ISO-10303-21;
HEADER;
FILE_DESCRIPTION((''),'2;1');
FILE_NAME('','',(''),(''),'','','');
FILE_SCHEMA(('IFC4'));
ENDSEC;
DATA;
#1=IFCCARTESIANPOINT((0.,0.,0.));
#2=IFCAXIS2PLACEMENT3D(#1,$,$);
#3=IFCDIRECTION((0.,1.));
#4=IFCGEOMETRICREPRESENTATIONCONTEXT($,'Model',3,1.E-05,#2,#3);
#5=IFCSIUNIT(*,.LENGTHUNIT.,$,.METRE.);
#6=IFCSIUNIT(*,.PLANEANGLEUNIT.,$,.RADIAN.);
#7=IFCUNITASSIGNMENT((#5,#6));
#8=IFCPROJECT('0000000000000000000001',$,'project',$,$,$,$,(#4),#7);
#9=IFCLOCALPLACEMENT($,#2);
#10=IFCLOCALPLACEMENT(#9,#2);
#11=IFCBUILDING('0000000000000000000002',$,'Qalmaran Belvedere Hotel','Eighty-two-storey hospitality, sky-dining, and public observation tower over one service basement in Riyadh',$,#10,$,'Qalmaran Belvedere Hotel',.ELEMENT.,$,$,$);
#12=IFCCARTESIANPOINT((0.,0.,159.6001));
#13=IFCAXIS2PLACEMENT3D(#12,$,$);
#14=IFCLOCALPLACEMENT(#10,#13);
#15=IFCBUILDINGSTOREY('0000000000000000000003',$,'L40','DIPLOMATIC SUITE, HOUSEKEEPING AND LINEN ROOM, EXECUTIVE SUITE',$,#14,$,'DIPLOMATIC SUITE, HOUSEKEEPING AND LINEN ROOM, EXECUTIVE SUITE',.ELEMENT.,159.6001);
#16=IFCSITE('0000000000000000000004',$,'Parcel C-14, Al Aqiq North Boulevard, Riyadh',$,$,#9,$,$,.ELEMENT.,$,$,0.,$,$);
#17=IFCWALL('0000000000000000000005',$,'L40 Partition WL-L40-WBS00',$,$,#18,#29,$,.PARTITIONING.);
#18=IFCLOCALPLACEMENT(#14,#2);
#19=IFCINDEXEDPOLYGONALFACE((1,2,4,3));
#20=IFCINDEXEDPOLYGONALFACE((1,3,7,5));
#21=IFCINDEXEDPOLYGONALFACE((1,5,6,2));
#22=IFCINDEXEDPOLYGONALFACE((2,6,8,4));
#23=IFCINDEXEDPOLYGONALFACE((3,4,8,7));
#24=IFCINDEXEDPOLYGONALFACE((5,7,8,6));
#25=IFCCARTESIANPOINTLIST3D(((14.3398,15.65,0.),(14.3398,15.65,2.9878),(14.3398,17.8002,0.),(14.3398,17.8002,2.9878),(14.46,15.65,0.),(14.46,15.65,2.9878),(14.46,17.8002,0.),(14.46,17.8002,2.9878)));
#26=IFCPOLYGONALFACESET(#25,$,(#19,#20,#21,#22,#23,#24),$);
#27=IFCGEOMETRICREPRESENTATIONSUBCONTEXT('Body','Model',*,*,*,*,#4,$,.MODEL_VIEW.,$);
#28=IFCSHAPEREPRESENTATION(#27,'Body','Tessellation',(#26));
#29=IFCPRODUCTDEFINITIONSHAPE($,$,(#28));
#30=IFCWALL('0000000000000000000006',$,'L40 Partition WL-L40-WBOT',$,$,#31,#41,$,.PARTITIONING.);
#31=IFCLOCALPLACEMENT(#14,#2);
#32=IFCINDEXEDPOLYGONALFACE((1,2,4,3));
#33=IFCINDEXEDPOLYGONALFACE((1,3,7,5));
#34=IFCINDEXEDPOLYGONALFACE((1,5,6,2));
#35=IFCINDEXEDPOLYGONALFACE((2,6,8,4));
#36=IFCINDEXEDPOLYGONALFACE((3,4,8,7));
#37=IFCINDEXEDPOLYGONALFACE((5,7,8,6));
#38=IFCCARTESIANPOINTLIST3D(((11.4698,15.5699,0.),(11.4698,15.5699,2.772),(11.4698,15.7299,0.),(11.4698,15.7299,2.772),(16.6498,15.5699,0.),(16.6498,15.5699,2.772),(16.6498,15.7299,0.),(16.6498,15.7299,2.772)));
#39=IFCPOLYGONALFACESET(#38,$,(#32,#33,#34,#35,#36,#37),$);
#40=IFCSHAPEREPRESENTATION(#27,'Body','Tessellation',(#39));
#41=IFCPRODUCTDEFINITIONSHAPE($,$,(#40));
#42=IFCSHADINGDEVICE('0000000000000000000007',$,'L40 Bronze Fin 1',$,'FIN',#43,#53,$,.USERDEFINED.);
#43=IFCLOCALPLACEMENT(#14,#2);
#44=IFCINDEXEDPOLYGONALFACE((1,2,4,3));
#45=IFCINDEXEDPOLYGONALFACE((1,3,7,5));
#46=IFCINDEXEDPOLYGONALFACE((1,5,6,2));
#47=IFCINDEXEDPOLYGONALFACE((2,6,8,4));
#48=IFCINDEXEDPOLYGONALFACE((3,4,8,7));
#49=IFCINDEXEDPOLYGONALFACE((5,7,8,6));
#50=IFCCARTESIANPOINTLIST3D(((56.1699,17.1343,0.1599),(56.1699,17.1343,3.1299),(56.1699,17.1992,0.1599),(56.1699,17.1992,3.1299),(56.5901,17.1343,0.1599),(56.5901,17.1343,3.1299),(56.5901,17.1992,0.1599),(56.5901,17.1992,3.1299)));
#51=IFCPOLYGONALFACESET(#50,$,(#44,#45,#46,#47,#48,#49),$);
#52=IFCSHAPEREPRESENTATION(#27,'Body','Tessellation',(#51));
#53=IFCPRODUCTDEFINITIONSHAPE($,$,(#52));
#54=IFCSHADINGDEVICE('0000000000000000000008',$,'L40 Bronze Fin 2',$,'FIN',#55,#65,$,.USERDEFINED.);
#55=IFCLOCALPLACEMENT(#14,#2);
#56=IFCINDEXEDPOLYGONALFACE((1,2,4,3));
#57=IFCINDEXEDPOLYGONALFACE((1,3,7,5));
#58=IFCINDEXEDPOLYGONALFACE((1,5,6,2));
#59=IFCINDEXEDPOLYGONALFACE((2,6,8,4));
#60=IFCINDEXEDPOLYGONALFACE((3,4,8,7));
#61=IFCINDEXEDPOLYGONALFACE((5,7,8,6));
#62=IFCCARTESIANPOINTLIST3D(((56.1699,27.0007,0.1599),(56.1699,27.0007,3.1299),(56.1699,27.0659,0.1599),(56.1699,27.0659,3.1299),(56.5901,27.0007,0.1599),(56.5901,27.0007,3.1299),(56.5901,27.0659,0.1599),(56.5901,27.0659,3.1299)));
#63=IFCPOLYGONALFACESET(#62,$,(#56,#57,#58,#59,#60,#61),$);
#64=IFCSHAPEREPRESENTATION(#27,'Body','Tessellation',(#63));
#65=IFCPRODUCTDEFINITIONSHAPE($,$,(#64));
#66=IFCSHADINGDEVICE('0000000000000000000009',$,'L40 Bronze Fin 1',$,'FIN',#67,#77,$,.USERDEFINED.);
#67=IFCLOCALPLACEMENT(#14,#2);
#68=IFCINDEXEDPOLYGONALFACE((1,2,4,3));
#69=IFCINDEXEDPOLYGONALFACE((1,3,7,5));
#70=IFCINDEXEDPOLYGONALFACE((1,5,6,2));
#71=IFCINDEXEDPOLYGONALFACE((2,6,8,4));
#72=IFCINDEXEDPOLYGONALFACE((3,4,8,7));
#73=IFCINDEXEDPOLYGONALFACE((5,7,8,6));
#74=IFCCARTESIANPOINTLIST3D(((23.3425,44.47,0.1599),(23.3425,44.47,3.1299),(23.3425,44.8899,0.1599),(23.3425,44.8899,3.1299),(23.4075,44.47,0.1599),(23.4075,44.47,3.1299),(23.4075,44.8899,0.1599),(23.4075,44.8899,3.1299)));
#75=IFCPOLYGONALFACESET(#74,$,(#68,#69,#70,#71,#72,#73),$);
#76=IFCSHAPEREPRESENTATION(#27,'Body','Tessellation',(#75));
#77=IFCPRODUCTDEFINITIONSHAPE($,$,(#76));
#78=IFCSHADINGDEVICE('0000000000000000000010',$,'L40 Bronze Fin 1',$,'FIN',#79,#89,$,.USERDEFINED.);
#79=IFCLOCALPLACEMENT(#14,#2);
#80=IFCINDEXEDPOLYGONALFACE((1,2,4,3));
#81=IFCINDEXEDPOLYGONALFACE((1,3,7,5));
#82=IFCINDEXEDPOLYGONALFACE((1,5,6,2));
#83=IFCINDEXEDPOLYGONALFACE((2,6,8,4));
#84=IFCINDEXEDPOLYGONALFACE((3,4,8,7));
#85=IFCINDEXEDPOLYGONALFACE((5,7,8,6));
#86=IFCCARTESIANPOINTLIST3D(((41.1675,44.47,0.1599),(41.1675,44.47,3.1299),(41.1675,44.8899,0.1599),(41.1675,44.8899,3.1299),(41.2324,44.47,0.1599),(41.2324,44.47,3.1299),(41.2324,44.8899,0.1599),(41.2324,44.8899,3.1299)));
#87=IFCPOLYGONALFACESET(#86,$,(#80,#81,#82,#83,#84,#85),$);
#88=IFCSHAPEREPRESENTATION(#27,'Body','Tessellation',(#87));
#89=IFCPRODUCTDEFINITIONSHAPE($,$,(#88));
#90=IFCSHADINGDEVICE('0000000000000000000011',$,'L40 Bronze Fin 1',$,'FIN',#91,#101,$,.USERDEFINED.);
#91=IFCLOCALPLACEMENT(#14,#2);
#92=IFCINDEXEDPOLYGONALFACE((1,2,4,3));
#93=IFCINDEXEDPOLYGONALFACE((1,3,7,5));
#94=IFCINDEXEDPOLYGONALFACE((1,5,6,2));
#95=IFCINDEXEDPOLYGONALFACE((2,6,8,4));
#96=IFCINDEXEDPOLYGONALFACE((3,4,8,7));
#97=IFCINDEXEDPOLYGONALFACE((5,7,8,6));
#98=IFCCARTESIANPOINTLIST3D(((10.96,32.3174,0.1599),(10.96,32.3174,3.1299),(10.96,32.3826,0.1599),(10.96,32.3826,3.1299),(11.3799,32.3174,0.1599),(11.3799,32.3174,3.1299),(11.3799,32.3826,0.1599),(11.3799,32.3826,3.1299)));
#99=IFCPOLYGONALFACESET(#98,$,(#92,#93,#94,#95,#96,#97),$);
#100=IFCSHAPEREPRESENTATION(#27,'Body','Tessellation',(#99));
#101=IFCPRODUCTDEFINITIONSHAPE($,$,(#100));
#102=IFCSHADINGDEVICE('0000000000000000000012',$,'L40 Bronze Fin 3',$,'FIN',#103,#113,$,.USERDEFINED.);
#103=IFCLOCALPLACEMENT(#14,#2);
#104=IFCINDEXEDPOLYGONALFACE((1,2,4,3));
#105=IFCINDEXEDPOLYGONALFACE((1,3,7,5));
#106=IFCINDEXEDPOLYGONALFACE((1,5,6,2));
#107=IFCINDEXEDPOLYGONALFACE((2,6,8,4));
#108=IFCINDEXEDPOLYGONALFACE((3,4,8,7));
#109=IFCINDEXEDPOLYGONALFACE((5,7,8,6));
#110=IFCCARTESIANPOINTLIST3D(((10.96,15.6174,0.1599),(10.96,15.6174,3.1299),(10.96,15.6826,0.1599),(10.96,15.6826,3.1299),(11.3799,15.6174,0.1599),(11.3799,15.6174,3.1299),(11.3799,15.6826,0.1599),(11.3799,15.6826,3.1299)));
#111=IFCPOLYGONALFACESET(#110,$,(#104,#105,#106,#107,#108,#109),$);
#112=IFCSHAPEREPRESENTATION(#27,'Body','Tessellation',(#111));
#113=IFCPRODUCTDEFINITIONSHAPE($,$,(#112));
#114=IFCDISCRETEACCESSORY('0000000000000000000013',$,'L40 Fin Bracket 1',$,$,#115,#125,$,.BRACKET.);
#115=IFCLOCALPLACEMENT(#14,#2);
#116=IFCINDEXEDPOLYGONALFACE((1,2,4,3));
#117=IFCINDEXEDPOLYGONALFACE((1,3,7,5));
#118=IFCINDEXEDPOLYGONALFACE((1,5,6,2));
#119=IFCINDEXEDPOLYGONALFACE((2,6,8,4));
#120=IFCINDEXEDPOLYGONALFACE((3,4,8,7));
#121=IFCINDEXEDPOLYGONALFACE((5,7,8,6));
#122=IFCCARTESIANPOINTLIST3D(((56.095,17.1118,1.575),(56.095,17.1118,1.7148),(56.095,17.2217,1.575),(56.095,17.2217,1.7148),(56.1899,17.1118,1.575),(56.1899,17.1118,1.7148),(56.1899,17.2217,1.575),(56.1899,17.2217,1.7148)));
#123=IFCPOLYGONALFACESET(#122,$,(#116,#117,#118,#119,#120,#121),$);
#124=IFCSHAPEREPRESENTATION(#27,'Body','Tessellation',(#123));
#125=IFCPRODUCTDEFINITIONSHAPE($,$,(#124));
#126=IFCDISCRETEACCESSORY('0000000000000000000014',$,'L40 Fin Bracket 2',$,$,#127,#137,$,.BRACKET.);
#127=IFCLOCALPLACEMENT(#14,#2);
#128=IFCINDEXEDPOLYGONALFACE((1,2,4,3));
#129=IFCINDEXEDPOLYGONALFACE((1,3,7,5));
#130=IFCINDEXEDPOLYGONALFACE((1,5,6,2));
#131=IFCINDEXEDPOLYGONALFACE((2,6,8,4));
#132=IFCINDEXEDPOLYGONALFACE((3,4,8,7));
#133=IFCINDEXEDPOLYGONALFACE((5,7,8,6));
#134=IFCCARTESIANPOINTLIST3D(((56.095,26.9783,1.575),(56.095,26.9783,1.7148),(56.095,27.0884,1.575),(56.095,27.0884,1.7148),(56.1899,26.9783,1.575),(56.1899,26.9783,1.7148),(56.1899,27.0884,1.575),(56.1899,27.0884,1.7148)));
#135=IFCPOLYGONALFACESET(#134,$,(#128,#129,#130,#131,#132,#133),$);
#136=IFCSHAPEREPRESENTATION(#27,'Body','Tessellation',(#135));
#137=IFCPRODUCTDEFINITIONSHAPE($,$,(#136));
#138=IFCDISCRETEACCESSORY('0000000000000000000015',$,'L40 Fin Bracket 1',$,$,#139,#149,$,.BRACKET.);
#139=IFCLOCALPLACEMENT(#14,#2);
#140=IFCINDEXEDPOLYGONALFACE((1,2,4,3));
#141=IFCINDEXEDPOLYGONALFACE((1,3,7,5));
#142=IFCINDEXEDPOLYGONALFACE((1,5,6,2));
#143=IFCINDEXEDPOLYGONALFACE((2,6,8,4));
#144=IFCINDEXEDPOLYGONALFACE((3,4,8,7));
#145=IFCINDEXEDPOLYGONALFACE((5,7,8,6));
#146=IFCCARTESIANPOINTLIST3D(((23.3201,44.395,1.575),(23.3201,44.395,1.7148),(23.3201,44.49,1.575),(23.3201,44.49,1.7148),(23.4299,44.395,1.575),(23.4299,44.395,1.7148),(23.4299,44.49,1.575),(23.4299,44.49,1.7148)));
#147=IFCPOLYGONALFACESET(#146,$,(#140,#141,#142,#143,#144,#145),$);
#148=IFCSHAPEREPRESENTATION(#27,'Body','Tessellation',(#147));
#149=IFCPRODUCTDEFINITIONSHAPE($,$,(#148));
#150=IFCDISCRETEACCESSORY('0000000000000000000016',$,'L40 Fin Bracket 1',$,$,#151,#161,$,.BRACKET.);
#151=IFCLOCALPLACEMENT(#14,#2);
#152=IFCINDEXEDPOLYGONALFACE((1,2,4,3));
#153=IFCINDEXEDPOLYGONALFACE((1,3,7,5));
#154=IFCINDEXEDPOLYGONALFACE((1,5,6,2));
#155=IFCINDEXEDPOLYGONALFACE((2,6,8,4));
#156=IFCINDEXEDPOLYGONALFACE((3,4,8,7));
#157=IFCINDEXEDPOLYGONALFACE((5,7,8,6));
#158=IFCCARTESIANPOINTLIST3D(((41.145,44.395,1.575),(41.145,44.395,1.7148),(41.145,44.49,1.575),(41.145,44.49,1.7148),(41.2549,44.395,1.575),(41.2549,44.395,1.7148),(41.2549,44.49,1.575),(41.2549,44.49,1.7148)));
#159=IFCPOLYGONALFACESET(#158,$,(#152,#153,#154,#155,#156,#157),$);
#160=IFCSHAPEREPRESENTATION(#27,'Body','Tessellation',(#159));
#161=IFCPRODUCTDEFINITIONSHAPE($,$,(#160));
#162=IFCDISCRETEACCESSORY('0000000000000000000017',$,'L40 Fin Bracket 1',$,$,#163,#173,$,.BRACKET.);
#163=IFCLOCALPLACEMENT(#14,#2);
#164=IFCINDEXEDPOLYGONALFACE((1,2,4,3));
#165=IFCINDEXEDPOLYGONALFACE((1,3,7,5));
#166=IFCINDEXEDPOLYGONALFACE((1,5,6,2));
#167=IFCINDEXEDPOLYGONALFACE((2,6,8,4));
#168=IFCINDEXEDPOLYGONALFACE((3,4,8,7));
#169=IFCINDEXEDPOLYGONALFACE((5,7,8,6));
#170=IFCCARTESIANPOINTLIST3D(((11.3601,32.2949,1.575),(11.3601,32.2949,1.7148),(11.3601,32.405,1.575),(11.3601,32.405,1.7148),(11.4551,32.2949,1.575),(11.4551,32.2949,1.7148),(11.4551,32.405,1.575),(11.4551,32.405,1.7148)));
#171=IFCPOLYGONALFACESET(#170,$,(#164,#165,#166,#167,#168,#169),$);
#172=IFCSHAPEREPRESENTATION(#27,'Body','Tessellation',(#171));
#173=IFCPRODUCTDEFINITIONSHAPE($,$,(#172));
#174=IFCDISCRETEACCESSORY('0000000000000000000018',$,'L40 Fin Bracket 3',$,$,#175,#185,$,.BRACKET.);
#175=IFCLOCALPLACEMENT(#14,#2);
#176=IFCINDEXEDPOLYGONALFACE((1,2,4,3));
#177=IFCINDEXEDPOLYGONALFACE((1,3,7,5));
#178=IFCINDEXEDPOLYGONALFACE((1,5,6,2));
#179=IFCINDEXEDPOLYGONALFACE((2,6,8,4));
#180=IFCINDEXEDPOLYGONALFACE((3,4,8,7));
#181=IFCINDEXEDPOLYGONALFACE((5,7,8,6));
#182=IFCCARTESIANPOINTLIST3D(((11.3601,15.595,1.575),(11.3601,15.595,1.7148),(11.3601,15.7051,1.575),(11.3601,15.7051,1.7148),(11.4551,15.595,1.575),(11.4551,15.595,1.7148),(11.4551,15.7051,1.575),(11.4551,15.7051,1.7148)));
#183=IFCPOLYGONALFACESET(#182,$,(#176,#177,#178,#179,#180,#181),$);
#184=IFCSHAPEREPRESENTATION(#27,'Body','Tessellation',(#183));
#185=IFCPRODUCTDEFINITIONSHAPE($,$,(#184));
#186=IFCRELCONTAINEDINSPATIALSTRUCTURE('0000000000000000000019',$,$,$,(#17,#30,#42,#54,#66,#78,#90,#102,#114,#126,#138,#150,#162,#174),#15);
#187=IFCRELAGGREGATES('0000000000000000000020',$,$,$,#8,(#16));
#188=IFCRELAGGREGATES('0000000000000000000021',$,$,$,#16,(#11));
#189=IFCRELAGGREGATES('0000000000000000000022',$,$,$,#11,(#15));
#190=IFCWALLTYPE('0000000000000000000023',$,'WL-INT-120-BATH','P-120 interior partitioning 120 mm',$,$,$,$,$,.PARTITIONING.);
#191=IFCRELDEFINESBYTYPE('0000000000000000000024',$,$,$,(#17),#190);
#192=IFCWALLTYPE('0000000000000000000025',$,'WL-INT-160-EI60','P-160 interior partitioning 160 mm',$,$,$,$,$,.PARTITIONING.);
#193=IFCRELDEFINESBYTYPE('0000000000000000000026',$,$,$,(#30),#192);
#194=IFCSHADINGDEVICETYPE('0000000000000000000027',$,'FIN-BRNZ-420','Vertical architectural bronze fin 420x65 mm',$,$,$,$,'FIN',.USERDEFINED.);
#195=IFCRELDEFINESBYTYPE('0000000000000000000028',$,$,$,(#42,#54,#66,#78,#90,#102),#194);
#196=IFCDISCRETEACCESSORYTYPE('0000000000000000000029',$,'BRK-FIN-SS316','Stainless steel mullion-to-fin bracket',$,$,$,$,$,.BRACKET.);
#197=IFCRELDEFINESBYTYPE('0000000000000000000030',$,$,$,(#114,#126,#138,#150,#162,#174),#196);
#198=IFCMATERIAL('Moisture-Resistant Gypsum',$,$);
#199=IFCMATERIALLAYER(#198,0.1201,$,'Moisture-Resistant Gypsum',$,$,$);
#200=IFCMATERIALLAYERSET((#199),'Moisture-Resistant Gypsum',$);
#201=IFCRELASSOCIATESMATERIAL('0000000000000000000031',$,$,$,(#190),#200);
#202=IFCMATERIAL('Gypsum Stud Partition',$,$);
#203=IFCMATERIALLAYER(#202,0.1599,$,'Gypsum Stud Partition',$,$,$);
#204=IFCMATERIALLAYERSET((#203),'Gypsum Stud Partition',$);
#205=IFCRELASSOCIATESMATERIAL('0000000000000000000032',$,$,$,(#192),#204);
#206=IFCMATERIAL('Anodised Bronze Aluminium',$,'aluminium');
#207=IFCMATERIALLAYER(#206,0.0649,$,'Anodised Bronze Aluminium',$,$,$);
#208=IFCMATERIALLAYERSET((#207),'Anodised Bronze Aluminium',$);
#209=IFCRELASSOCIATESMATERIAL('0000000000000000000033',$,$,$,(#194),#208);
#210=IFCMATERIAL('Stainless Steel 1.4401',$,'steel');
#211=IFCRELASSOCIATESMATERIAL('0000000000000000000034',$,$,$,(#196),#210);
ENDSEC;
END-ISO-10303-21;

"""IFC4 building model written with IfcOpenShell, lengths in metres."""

from ifc_helpers import new_model, si_unit, direction, frame, frame_2d, origin, place, context, subcontext, project, spatial, polyline, rectangle, outline, extrude, material, layer, layer_set, type_object, element, save


model = new_model("IFC4")

# Units and contexts
model_context = context("Model", 3, precision=1e-05, world=origin(), true_north=direction((0.0, 1.0)))
body_context = subcontext(model_context, "Body", "Model", "MODEL_VIEW")
ifc_project = project(units=[si_unit("LENGTHUNIT", "METRE"), si_unit("PLANEANGLEUNIT", "RADIAN")], contexts=[model_context])

# Site, building, storey
site_placement = place(None, origin())
site = spatial("IfcSite", under=ifc_project, at=site_placement, Name="Parcel C-14, Al Aqiq North Boulevard, Riyadh", CompositionType="ELEMENT", RefElevation=0.0)
building_placement = place(site_placement, origin())
building = spatial("IfcBuilding", under=site, at=building_placement, Name="Qalmaran Belvedere Hotel", Description="Eighty-two-storey hospitality, sky-dining, and public observation tower over one service basement in Riyadh", LongName="Qalmaran Belvedere Hotel", CompositionType="ELEMENT")
storey_placement = place(building_placement, frame((0.0, 0.0, 159.6001)))
storey = spatial("IfcBuildingStorey", under=building, at=storey_placement, Name="L40", Description="DIPLOMATIC SUITE, HOUSEKEEPING AND LINEN ROOM, EXECUTIVE SUITE", LongName="DIPLOMATIC SUITE, HOUSEKEEPING AND LINEN ROOM, EXECUTIVE SUITE", CompositionType="ELEMENT", Elevation=159.6001)

# Shared definitions
ifc_material_1 = material(Name="Anodised Bronze Aluminium", Category="aluminium")

# Walls
ifc_material_2 = material(Name="Moisture-Resistant Gypsum")
ifc_layer_1 = layer(ifc_material_2, 0.1201, Name="Moisture-Resistant Gypsum")
ifc_layer_set_1 = layer_set([ifc_layer_1], Name="Moisture-Resistant Gypsum")
wall_type_1 = type_object("IfcWallType", Name="WL-INT-120-BATH", Description="P-120 interior partitioning 120 mm", PredefinedType="PARTITIONING", material=ifc_layer_set_1)
wall_1_placement = place(storey_placement, frame((14.3999, 15.6499, 0.0), z_axis=(0.0, 0.0, 1.0), x_axis=(0.0, 1.0, 0.0)))
element("IfcWall", 1, at=wall_1_placement, inside=storey, type_object=wall_type_1, Name="L40 Partition WL-L40-WBS00", PredefinedType="PARTITIONING", context=body_context, shape_type="SweptSolid", body=[
    extrude(rectangle(XDim=2.1501, YDim=0.1201, at=frame_2d((1.0752, 0.0))), origin(), (0.0, 0.0, 1.0), 2.9878),
])
ifc_material_3 = material(Name="Gypsum Stud Partition")
ifc_layer_2 = layer(ifc_material_3, 0.1599, Name="Gypsum Stud Partition")
ifc_layer_set_2 = layer_set([ifc_layer_2], Name="Gypsum Stud Partition")
wall_type_2 = type_object("IfcWallType", Name="WL-INT-160-EI60", Description="P-160 interior partitioning 160 mm", PredefinedType="PARTITIONING", material=ifc_layer_set_2)
wall_2_placement = place(storey_placement, frame((11.47, 15.6499, 0.0), z_axis=(0.0, 0.0, 1.0), x_axis=(1.0, 0.0, 0.0)))
element("IfcWall", 2, at=wall_2_placement, inside=storey, type_object=wall_type_2, Name="L40 Partition WL-L40-WBOT", PredefinedType="PARTITIONING", context=body_context, shape_type="SweptSolid", body=[
    extrude(rectangle(XDim=5.1799, YDim=0.1599, at=frame_2d((2.5898, 0.0))), origin(), (0.0, 0.0, 1.0), 2.772),
])

# Shading devices
ifc_layer_3 = layer(ifc_material_1, 0.0649, Name="Anodised Bronze Aluminium")
ifc_layer_set_3 = layer_set([ifc_layer_3], Name="Anodised Bronze Aluminium")
shading_device_type = type_object("IfcShadingDeviceType", Name="FIN-BRNZ-420", Description="Vertical architectural bronze fin 420x65 mm", ElementType="FIN", PredefinedType="USERDEFINED", material=ifc_layer_set_3)
shading_device_1_placement = place(storey_placement, frame((0.0, 0.0, 0.1599)))
element("IfcShadingDevice", 3, at=shading_device_1_placement, inside=storey, type_object=shading_device_type, Name="L40 Bronze Fin 1", ObjectType="FIN", PredefinedType="USERDEFINED", context=body_context, shape_type="SweptSolid", body=[
    extrude(outline(polyline([(56.1699, 17.1343), (56.5901, 17.1343), (56.5901, 17.1992), (56.1699, 17.1992), (56.1699, 17.1343)])), origin(), (0.0, 0.0, 1.0), 2.97),
])
shading_device_2_placement = place(storey_placement, frame((0.0, 0.0, 0.1599)))
element("IfcShadingDevice", 4, at=shading_device_2_placement, inside=storey, type_object=shading_device_type, Name="L40 Bronze Fin 2", ObjectType="FIN", PredefinedType="USERDEFINED", context=body_context, shape_type="SweptSolid", body=[
    extrude(outline(polyline([(56.1699, 27.0007), (56.5901, 27.0007), (56.5901, 27.0659), (56.1699, 27.0659), (56.1699, 27.0007)])), origin(), (0.0, 0.0, 1.0), 2.97),
])
shading_device_3_placement = place(storey_placement, frame((0.0, 0.0, 0.1599)))
element("IfcShadingDevice", 5, at=shading_device_3_placement, inside=storey, type_object=shading_device_type, Name="L40 Bronze Fin 1", ObjectType="FIN", PredefinedType="USERDEFINED", context=body_context, shape_type="SweptSolid", body=[
    extrude(outline(polyline([(23.4075, 44.47), (23.4075, 44.8899), (23.3425, 44.8899), (23.3425, 44.47), (23.4075, 44.47)])), origin(), (0.0, 0.0, 1.0), 2.97),
])
shading_device_4_placement = place(storey_placement, frame((0.0, 0.0, 0.1599)))
element("IfcShadingDevice", 6, at=shading_device_4_placement, inside=storey, type_object=shading_device_type, Name="L40 Bronze Fin 1", ObjectType="FIN", PredefinedType="USERDEFINED", context=body_context, shape_type="SweptSolid", body=[
    extrude(outline(polyline([(41.2324, 44.47), (41.2324, 44.8899), (41.1675, 44.8899), (41.1675, 44.47), (41.2324, 44.47)])), origin(), (0.0, 0.0, 1.0), 2.97),
])
shading_device_5_placement = place(storey_placement, frame((0.0, 0.0, 0.1599)))
element("IfcShadingDevice", 7, at=shading_device_5_placement, inside=storey, type_object=shading_device_type, Name="L40 Bronze Fin 1", ObjectType="FIN", PredefinedType="USERDEFINED", context=body_context, shape_type="SweptSolid", body=[
    extrude(outline(polyline([(11.3799, 32.3826), (10.96, 32.3826), (10.96, 32.3174), (11.3799, 32.3174), (11.3799, 32.3826)])), origin(), (0.0, 0.0, 1.0), 2.97),
])
shading_device_6_placement = place(storey_placement, frame((0.0, 0.0, 0.1599)))
element("IfcShadingDevice", 8, at=shading_device_6_placement, inside=storey, type_object=shading_device_type, Name="L40 Bronze Fin 3", ObjectType="FIN", PredefinedType="USERDEFINED", context=body_context, shape_type="SweptSolid", body=[
    extrude(outline(polyline([(11.3799, 15.6826), (10.96, 15.6826), (10.96, 15.6174), (11.3799, 15.6174), (11.3799, 15.6826)])), origin(), (0.0, 0.0, 1.0), 2.97),
])

# Discrete accessories
ifc_material_4 = material(Name="Stainless Steel 1.4401", Category="steel")
discrete_accessory_type_1 = type_object("IfcDiscreteAccessoryType", Name="BRK-FIN-SS316", Description="Stainless steel mullion-to-fin bracket", PredefinedType="BRACKET", material=ifc_material_4)
discrete_accessory_1_placement = place(storey_placement, frame((0.0, 0.0, 1.575)))
element("IfcDiscreteAccessory", 9, at=discrete_accessory_1_placement, inside=storey, type_object=discrete_accessory_type_1, Name="L40 Fin Bracket 1", PredefinedType="BRACKET", context=body_context, shape_type="SweptSolid", body=[
    extrude(outline(polyline([(56.095, 17.1118), (56.1899, 17.1118), (56.1899, 17.2217), (56.095, 17.2217), (56.095, 17.1118)])), origin(), (0.0, 0.0, 1.0), 0.1399),
])
discrete_accessory_2_placement = place(storey_placement, frame((0.0, 0.0, 1.575)))
element("IfcDiscreteAccessory", 10, at=discrete_accessory_2_placement, inside=storey, type_object=discrete_accessory_type_1, Name="L40 Fin Bracket 2", PredefinedType="BRACKET", context=body_context, shape_type="SweptSolid", body=[
    extrude(outline(polyline([(56.095, 26.9783), (56.1899, 26.9783), (56.1899, 27.0884), (56.095, 27.0884), (56.095, 26.9783)])), origin(), (0.0, 0.0, 1.0), 0.1399),
])
discrete_accessory_3_placement = place(storey_placement, frame((0.0, 0.0, 1.575)))
element("IfcDiscreteAccessory", 11, at=discrete_accessory_3_placement, inside=storey, type_object=discrete_accessory_type_1, Name="L40 Fin Bracket 1", PredefinedType="BRACKET", context=body_context, shape_type="SweptSolid", body=[
    extrude(outline(polyline([(23.4299, 44.395), (23.4299, 44.49), (23.3201, 44.49), (23.3201, 44.395), (23.4299, 44.395)])), origin(), (0.0, 0.0, 1.0), 0.1399),
])
discrete_accessory_4_placement = place(storey_placement, frame((0.0, 0.0, 1.575)))
element("IfcDiscreteAccessory", 12, at=discrete_accessory_4_placement, inside=storey, type_object=discrete_accessory_type_1, Name="L40 Fin Bracket 1", PredefinedType="BRACKET", context=body_context, shape_type="SweptSolid", body=[
    extrude(outline(polyline([(41.2549, 44.395), (41.2549, 44.49), (41.145, 44.49), (41.145, 44.395), (41.2549, 44.395)])), origin(), (0.0, 0.0, 1.0), 0.1399),
])
discrete_accessory_5_placement = place(storey_placement, frame((0.0, 0.0, 1.575)))
element("IfcDiscreteAccessory", 13, at=discrete_accessory_5_placement, inside=storey, type_object=discrete_accessory_type_1, Name="L40 Fin Bracket 1", PredefinedType="BRACKET", context=body_context, shape_type="SweptSolid", body=[
    extrude(outline(polyline([(11.4551, 32.405), (11.3601, 32.405), (11.3601, 32.2949), (11.4551, 32.2949), (11.4551, 32.405)])), origin(), (0.0, 0.0, 1.0), 0.1399),
])
discrete_accessory_6_placement = place(storey_placement, frame((0.0, 0.0, 1.575)))
element("IfcDiscreteAccessory", 14, at=discrete_accessory_6_placement, inside=storey, type_object=discrete_accessory_type_1, Name="L40 Fin Bracket 3", PredefinedType="BRACKET", context=body_context, shape_type="SweptSolid", body=[
    extrude(outline(polyline([(11.4551, 15.7051), (11.3601, 15.7051), (11.3601, 15.595), (11.4551, 15.595), (11.4551, 15.7051)])), origin(), (0.0, 0.0, 1.0), 0.1399),
])

save(model, "model.ifc")
